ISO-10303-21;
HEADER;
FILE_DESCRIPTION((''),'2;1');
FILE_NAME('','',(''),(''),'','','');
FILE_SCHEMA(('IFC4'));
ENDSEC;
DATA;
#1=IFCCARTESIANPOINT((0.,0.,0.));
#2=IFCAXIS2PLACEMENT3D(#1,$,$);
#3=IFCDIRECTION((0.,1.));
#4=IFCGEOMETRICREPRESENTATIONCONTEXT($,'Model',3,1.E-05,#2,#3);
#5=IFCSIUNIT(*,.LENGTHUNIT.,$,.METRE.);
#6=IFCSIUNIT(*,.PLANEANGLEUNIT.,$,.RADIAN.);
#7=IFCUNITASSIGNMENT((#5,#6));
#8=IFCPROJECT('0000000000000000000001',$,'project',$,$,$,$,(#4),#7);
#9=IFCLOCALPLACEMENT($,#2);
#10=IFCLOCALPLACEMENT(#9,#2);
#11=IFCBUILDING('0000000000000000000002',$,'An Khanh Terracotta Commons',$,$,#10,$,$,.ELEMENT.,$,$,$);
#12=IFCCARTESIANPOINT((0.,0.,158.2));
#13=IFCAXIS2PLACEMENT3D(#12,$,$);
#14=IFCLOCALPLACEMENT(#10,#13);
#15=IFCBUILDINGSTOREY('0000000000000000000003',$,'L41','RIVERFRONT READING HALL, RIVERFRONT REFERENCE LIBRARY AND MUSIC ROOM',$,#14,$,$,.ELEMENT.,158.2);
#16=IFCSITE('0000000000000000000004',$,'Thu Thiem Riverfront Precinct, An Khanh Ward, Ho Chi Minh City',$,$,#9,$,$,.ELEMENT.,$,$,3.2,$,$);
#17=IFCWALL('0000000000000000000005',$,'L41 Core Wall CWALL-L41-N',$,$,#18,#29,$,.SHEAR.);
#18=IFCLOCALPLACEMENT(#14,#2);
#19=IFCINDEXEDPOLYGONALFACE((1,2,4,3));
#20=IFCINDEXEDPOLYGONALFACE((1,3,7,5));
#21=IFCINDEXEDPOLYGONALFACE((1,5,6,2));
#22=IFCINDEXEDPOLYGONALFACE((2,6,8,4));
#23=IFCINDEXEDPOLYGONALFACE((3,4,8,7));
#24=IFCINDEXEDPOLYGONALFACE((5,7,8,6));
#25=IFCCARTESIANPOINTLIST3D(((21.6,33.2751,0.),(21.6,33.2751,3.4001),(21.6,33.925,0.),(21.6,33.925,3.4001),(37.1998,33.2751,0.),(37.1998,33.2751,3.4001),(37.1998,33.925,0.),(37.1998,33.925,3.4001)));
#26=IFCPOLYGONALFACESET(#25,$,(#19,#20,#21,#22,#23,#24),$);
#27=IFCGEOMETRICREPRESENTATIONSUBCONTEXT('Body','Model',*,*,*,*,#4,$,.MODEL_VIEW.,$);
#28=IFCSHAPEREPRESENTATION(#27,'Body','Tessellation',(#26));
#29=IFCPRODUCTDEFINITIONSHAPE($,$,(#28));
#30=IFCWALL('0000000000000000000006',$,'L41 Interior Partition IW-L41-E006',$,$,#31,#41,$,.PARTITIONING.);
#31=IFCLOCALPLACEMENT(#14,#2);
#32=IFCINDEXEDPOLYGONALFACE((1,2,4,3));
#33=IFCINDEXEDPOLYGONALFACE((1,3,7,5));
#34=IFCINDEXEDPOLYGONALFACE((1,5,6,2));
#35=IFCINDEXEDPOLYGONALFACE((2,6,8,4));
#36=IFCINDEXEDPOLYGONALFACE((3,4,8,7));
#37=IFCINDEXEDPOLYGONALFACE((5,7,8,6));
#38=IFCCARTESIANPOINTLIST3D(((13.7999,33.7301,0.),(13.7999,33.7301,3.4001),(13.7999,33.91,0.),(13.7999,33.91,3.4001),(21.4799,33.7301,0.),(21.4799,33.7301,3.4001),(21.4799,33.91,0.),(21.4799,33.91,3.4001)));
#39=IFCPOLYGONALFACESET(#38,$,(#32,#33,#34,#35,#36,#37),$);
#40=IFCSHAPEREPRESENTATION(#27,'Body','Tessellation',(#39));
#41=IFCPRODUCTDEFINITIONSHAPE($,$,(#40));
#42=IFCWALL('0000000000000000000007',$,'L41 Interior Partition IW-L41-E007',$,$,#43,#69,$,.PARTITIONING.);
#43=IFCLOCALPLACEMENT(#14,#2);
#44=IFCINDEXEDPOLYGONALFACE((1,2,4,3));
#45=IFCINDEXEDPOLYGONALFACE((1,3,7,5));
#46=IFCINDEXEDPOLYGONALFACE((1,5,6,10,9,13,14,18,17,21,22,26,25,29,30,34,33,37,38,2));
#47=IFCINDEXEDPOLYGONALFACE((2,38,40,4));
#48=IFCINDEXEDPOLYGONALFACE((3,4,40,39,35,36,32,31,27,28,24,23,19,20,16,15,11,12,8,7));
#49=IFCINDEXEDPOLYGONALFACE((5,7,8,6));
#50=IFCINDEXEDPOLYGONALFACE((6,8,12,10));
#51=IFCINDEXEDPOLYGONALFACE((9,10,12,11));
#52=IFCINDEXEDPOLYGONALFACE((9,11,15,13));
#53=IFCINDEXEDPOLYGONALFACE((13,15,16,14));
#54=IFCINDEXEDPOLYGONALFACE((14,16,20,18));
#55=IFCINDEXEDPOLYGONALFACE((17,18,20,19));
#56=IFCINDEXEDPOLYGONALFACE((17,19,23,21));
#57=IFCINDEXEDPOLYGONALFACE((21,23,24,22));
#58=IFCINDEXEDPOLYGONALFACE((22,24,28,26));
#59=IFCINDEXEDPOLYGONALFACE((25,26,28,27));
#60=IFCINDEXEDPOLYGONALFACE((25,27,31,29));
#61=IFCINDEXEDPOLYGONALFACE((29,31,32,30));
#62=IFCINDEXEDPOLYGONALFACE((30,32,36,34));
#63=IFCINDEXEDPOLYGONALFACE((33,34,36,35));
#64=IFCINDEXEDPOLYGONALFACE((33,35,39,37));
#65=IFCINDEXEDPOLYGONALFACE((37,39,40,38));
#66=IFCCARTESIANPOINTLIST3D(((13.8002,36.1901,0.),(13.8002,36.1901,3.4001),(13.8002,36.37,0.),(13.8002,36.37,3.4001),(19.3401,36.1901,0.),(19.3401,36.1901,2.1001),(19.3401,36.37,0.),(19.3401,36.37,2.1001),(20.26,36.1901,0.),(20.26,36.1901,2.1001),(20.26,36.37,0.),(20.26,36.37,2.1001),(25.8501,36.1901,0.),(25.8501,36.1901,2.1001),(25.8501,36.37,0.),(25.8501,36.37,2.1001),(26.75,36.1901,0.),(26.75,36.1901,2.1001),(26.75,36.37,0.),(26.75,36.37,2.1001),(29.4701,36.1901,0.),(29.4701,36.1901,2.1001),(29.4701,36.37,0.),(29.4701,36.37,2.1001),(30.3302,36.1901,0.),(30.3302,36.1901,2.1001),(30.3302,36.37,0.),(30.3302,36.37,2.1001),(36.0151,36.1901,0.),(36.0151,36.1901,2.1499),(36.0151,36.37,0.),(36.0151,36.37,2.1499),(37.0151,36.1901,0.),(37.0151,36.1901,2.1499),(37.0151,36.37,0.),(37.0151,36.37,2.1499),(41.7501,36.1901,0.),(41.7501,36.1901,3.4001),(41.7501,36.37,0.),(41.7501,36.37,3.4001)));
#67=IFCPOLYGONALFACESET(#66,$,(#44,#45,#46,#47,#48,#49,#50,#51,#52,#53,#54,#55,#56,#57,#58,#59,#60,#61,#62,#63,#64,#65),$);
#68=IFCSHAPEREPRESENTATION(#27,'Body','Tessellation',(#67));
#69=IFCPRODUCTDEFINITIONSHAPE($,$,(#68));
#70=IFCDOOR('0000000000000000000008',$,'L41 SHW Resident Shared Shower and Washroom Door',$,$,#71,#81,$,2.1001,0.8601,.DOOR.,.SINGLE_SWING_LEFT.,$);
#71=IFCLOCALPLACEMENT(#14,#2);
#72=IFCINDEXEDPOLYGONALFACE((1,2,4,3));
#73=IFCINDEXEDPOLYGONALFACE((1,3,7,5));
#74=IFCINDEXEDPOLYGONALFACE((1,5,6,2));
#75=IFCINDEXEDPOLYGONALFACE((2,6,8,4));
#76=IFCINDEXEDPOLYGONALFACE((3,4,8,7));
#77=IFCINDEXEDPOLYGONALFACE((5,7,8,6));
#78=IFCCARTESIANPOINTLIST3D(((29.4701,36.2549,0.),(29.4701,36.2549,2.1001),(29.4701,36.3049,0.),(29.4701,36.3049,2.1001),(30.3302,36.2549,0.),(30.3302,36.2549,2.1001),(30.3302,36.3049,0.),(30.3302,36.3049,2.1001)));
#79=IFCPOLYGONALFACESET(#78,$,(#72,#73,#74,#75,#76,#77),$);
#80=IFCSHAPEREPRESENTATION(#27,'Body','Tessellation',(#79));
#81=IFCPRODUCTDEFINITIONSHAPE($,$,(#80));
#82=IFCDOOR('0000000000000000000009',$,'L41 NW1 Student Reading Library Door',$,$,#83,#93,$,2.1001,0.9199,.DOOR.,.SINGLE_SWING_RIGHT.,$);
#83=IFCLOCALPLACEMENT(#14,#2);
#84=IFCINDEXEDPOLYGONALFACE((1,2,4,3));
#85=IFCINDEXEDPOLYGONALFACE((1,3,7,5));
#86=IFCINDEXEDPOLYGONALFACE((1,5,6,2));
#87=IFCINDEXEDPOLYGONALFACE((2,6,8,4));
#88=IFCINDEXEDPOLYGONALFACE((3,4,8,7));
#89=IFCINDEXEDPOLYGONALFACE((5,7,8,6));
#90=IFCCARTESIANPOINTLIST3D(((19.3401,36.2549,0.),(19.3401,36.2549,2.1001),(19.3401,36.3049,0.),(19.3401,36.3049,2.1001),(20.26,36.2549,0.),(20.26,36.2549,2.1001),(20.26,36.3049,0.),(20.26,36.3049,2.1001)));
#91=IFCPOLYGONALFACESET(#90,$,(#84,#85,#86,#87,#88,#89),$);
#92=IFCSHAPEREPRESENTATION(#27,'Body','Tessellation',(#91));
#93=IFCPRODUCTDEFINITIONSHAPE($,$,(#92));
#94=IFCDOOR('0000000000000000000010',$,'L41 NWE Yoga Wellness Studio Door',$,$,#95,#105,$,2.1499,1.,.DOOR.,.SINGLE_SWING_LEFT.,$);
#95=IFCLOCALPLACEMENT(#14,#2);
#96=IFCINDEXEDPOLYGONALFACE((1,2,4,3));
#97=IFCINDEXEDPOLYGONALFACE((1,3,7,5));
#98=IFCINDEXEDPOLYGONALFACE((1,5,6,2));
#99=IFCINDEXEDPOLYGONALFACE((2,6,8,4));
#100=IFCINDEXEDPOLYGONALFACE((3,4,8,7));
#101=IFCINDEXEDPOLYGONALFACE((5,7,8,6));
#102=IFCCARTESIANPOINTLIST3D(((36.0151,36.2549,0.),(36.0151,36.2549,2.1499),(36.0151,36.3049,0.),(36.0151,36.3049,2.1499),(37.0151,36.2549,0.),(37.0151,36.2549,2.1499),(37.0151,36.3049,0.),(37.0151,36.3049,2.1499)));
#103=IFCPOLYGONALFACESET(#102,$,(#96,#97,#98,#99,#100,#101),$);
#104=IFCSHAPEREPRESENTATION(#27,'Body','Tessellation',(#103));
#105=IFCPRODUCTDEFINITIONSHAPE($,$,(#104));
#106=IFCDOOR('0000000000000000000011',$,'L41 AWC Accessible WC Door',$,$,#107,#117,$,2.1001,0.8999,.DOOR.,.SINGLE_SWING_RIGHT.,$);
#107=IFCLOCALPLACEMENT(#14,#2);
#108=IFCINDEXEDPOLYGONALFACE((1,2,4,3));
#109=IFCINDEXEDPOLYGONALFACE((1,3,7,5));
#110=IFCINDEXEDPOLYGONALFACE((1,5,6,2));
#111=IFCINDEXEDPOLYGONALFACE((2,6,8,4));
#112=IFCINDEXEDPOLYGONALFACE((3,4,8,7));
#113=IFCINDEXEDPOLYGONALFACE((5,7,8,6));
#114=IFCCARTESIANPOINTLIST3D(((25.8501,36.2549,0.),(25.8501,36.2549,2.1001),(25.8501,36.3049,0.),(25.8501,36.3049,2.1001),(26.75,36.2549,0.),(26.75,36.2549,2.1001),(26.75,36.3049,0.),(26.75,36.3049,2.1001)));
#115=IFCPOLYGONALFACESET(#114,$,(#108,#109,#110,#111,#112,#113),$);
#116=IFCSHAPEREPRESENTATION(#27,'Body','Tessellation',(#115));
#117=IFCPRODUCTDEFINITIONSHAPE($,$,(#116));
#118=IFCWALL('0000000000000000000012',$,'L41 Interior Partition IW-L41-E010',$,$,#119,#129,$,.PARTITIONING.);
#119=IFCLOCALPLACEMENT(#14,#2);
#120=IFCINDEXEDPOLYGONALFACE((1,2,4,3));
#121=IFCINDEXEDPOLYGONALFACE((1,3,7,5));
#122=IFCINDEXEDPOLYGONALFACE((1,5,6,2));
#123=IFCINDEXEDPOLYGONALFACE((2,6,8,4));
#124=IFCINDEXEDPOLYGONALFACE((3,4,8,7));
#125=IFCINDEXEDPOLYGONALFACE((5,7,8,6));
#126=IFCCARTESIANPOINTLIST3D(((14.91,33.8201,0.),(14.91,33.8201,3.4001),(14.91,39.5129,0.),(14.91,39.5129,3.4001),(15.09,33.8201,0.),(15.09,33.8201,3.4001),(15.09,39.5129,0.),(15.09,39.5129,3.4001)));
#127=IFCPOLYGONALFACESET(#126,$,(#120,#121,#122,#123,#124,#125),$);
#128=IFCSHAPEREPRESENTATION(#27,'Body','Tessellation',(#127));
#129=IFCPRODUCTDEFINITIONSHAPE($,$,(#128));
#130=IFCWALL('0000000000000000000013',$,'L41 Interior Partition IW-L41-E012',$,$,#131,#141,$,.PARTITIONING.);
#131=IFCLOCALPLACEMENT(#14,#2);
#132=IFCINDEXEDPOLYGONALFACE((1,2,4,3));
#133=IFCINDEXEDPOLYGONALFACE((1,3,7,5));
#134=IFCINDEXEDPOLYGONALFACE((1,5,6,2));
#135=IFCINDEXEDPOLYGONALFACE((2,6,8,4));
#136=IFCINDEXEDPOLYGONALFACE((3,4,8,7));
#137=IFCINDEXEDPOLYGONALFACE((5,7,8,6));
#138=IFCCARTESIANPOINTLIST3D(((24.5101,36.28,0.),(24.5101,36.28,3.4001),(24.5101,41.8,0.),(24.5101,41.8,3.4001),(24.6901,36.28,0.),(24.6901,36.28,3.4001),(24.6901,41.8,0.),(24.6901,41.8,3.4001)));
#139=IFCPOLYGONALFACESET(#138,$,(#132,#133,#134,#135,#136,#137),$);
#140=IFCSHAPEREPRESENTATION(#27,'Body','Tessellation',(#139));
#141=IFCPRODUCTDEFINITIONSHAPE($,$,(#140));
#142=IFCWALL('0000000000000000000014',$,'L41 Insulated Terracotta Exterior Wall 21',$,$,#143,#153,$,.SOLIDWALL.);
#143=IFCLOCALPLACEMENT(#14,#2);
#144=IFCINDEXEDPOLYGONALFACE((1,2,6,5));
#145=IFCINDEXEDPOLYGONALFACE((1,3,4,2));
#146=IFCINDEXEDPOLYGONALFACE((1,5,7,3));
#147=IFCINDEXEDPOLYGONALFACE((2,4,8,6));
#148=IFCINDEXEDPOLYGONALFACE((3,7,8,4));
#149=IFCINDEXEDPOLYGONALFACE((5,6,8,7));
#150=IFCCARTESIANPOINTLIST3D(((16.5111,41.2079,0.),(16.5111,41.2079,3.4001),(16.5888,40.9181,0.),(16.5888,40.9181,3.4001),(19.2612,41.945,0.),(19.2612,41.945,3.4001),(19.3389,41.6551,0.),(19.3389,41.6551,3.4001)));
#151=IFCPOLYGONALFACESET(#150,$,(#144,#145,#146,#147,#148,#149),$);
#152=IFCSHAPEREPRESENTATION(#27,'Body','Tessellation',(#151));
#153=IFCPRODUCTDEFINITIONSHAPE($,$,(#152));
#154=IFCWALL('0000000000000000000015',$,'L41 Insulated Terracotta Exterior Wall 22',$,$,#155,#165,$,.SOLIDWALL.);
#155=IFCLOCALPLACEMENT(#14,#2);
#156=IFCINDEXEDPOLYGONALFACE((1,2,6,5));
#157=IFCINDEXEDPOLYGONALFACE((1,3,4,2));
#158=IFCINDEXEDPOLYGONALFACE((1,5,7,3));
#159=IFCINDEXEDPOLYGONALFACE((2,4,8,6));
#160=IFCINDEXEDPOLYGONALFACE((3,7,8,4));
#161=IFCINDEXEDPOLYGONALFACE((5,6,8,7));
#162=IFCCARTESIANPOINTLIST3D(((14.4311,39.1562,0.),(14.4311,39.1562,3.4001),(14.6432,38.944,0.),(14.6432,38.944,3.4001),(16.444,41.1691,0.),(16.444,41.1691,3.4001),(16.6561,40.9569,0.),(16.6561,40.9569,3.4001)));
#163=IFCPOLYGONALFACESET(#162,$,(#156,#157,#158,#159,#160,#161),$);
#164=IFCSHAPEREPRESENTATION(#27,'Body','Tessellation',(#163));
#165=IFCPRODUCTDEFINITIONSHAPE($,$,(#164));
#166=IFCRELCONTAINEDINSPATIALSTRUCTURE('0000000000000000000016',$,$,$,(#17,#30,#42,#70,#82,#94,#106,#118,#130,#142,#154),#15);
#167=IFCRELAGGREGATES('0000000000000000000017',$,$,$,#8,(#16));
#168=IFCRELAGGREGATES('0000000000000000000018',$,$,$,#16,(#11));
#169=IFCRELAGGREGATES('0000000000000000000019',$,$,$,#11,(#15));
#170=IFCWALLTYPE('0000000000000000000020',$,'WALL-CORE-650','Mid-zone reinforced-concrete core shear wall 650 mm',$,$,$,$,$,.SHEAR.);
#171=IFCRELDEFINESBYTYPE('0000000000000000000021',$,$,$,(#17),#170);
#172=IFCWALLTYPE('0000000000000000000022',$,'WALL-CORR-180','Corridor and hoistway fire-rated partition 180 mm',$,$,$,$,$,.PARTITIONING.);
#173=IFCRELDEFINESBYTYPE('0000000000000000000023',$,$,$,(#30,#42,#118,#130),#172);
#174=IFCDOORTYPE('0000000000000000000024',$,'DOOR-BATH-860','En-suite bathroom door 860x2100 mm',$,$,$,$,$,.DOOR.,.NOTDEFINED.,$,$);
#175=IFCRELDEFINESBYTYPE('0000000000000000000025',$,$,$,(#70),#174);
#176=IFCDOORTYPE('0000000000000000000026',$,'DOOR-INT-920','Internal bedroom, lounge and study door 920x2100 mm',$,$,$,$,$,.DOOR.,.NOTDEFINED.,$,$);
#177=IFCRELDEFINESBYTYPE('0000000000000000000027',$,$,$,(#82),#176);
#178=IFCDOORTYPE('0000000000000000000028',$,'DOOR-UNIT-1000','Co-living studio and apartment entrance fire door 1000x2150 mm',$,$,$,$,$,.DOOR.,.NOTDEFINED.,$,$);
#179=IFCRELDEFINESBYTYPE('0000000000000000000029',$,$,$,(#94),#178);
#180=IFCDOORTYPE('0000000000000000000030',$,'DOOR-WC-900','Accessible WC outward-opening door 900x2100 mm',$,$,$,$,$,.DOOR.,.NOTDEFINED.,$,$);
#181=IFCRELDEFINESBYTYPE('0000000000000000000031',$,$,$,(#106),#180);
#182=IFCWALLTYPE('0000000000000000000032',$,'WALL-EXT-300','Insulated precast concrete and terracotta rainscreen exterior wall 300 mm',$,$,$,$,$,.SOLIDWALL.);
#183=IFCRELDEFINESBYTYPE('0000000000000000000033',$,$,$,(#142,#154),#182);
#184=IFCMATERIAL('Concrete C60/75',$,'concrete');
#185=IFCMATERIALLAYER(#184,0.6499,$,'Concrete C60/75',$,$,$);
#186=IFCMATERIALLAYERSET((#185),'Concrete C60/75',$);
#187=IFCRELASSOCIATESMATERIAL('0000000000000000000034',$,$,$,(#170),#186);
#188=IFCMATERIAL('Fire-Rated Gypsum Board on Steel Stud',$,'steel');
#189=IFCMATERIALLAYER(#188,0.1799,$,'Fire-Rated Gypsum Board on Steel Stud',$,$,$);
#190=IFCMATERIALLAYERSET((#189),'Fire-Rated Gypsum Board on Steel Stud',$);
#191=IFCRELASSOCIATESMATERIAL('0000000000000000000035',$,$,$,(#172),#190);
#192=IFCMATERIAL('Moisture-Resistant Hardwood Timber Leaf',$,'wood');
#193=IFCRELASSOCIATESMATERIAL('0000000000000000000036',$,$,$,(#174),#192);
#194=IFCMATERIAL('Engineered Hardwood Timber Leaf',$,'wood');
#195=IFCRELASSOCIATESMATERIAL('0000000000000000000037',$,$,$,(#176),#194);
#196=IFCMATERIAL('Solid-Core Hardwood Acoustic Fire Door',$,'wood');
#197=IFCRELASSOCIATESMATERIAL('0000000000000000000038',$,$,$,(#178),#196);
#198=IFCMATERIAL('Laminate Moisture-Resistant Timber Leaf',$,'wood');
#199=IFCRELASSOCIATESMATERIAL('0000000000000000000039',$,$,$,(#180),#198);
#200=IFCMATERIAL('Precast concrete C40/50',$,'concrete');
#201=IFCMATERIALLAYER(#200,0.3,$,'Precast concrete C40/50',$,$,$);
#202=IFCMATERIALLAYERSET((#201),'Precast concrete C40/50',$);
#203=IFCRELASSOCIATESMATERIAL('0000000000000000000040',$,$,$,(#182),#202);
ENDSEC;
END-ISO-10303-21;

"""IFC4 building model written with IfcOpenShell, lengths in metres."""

from ifc_helpers import new_model, si_unit, direction, frame, frame_2d, origin, place, context, subcontext, project, spatial, rectangle, extrude, material, layer, layer_set, type_object, element, fill, save


model = new_model("IFC4")

# Units and contexts
model_context = context("Model", 3, precision=1e-05, world=origin(), true_north=direction((0.0, 1.0)))
body_context = subcontext(model_context, "Body", "Model", "MODEL_VIEW")
ifc_project = project(units=[si_unit("LENGTHUNIT", "METRE"), si_unit("PLANEANGLEUNIT", "RADIAN")], contexts=[model_context])

# Site, building, storey
site_placement = place(None, origin())
site = spatial("IfcSite", under=ifc_project, at=site_placement, Name="Thu Thiem Riverfront Precinct, An Khanh Ward, Ho Chi Minh City", CompositionType="ELEMENT", RefElevation=3.2)
building_placement = place(site_placement, origin())
building = spatial("IfcBuilding", under=site, at=building_placement, Name="An Khanh Terracotta Commons", CompositionType="ELEMENT")
storey_placement = place(building_placement, frame((0.0, 0.0, 158.2)))
storey = spatial("IfcBuildingStorey", under=building, at=storey_placement, Name="L41", Description="RIVERFRONT READING HALL, RIVERFRONT REFERENCE LIBRARY AND MUSIC ROOM", CompositionType="ELEMENT", Elevation=158.2)

# Shared definitions
ifc_material_1 = material(Name="Concrete C60/75", Category="concrete")

# Walls
ifc_layer_1 = layer(ifc_material_1, 0.6499, Name="Concrete C60/75")
ifc_layer_set_1 = layer_set([ifc_layer_1], Name="Concrete C60/75")
wall_type_1 = type_object("IfcWallType", Name="WALL-CORE-650", Description="Mid-zone reinforced-concrete core shear wall 650 mm", PredefinedType="SHEAR", material=ifc_layer_set_1)
wall_1_placement = place(storey_placement, frame((21.6001, 33.6001, 0.0), z_axis=(0.0, 0.0, 1.0), x_axis=(1.0, 0.0, 0.0)))
element("IfcWall", 1, at=wall_1_placement, inside=storey, type_object=wall_type_1, Name="L41 Core Wall CWALL-L41-N", PredefinedType="SHEAR", context=body_context, shape_type="SweptSolid", body=[
    extrude(rectangle(XDim=15.5999, YDim=0.6499, at=frame_2d((7.7998, 0.0))), origin(), (0.0, 0.0, 1.0), 3.4001),
])
ifc_material_2 = material(Name="Fire-Rated Gypsum Board on Steel Stud", Category="steel")
ifc_layer_2 = layer(ifc_material_2, 0.1799, Name="Fire-Rated Gypsum Board on Steel Stud")
ifc_layer_set_2 = layer_set([ifc_layer_2], Name="Fire-Rated Gypsum Board on Steel Stud")
wall_type_2 = type_object("IfcWallType", Name="WALL-CORR-180", Description="Corridor and hoistway fire-rated partition 180 mm", PredefinedType="PARTITIONING", material=ifc_layer_set_2)
wall_2_placement = place(storey_placement, frame((13.8, 33.8201, 0.0), z_axis=(0.0, 0.0, 1.0), x_axis=(1.0, 0.0, 0.0)))
element("IfcWall", 2, at=wall_2_placement, inside=storey, type_object=wall_type_2, Name="L41 Interior Partition IW-L41-E006", PredefinedType="PARTITIONING", context=body_context, shape_type="SweptSolid", body=[
    extrude(rectangle(XDim=7.6799, YDim=0.1799, at=frame_2d((3.8398, 0.0))), origin(), (0.0, 0.0, 1.0), 3.4001),
])

# Wall, openings, doors
wall_3_placement = place(storey_placement, frame((13.8, 36.28, 0.0), z_axis=(0.0, 0.0, 1.0), x_axis=(1.0, 0.0, 0.0)))
wall_3 = element("IfcWall", 3, at=wall_3_placement, inside=storey, type_object=wall_type_2, Name="L41 Interior Partition IW-L41-E007", PredefinedType="PARTITIONING", context=body_context, shape_type="SweptSolid", body=[
    extrude(rectangle(XDim=27.95, YDim=0.1799, at=frame_2d((13.9751, 0.0))), origin(), (0.0, 0.0, 1.0), 3.4001),
])
opening_1_placement = place(wall_3_placement, frame((12.05, 0.0, 0.0)))
opening_1 = element("IfcOpeningElement", 4, at=opening_1_placement, cuts=wall_3, PredefinedType="OPENING", context=body_context, shape_type="SweptSolid", body=[
    extrude(rectangle(XDim=0.8999, YDim=2.1001, at=frame_2d((0.45, 1.05))), frame((0.0, 0.0999, 0.0), z_axis=(0.0, -1.0, 0.0), x_axis=(1.0, 0.0, 0.0)), (0.0, 0.0, 1.0), 0.2),
])
opening_2_placement = place(wall_3_placement, frame((15.6699, 0.0, 0.0)))
opening_2 = element("IfcOpeningElement", 5, at=opening_2_placement, cuts=wall_3, PredefinedType="OPENING", context=body_context, shape_type="SweptSolid", body=[
    extrude(rectangle(XDim=0.8601, YDim=2.1001, at=frame_2d((0.4302, 1.05))), frame((0.0, 0.0999, 0.0), z_axis=(0.0, -1.0, 0.0), x_axis=(1.0, 0.0, 0.0)), (0.0, 0.0, 1.0), 0.2),
])
opening_3_placement = place(wall_3_placement, frame((5.54, 0.0, 0.0)))
opening_3 = element("IfcOpeningElement", 6, at=opening_3_placement, cuts=wall_3, PredefinedType="OPENING", context=body_context, shape_type="SweptSolid", body=[
    extrude(rectangle(XDim=0.9199, YDim=2.1001, at=frame_2d((0.46, 1.05))), frame((0.0, 0.0999, 0.0), z_axis=(0.0, -1.0, 0.0), x_axis=(1.0, 0.0, 0.0)), (0.0, 0.0, 1.0), 0.2),
])
opening_4_placement = place(wall_3_placement, frame((22.2151, 0.0, 0.0)))
opening_4 = element("IfcOpeningElement", 7, at=opening_4_placement, cuts=wall_3, PredefinedType="OPENING", context=body_context, shape_type="SweptSolid", body=[
    extrude(rectangle(XDim=1.0, YDim=2.1499, at=frame_2d((0.5, 1.075))), frame((0.0, 0.0999, 0.0), z_axis=(0.0, -1.0, 0.0), x_axis=(1.0, 0.0, 0.0)), (0.0, 0.0, 1.0), 0.2),
])
ifc_material_3 = material(Name="Moisture-Resistant Hardwood Timber Leaf", Category="wood")
door_type_1 = type_object("IfcDoorType", Name="DOOR-BATH-860", Description="En-suite bathroom door 860x2100 mm", OperationType="NOTDEFINED", PredefinedType="DOOR", material=ifc_material_3)
door_1_placement = place(opening_2_placement, origin())
door_1 = element("IfcDoor", 8, at=door_1_placement, inside=storey, type_object=door_type_1, Name="L41 SHW Resident Shared Shower and Washroom Door", OperationType="SINGLE_SWING_LEFT", OverallHeight=2.1001, OverallWidth=0.8601, PredefinedType="DOOR", context=body_context, shape_type="SweptSolid", body=[
    extrude(rectangle(XDim=0.8601, YDim=2.1001, at=frame_2d((0.4302, 1.05))), frame((0.0, 0.0249, 0.0), z_axis=(0.0, -1.0, 0.0), x_axis=(1.0, 0.0, 0.0)), (0.0, 0.0, 1.0), 0.05),
])
fill(opening_2, door_1)
ifc_material_4 = material(Name="Engineered Hardwood Timber Leaf", Category="wood")
door_type_2 = type_object("IfcDoorType", Name="DOOR-INT-920", Description="Internal bedroom, lounge and study door 920x2100 mm", OperationType="NOTDEFINED", PredefinedType="DOOR", material=ifc_material_4)
door_2_placement = place(opening_3_placement, origin())
door_2 = element("IfcDoor", 9, at=door_2_placement, inside=storey, type_object=door_type_2, Name="L41 NW1 Student Reading Library Door", OperationType="SINGLE_SWING_RIGHT", OverallHeight=2.1001, OverallWidth=0.9199, PredefinedType="DOOR", context=body_context, shape_type="SweptSolid", body=[
    extrude(rectangle(XDim=0.9199, YDim=2.1001, at=frame_2d((0.46, 1.05))), frame((0.0, 0.0249, 0.0), z_axis=(0.0, -1.0, 0.0), x_axis=(1.0, 0.0, 0.0)), (0.0, 0.0, 1.0), 0.05),
])
fill(opening_3, door_2)
ifc_material_5 = material(Name="Solid-Core Hardwood Acoustic Fire Door", Category="wood")
door_type_3 = type_object("IfcDoorType", Name="DOOR-UNIT-1000", Description="Co-living studio and apartment entrance fire door 1000x2150 mm", OperationType="NOTDEFINED", PredefinedType="DOOR", material=ifc_material_5)
door_3_placement = place(opening_4_placement, origin())
door_3 = element("IfcDoor", 10, at=door_3_placement, inside=storey, type_object=door_type_3, Name="L41 NWE Yoga Wellness Studio Door", OperationType="SINGLE_SWING_LEFT", OverallHeight=2.1499, OverallWidth=1.0, PredefinedType="DOOR", context=body_context, shape_type="SweptSolid", body=[
    extrude(rectangle(XDim=1.0, YDim=2.1499, at=frame_2d((0.5, 1.075))), frame((0.0, 0.0249, 0.0), z_axis=(0.0, -1.0, 0.0), x_axis=(1.0, 0.0, 0.0)), (0.0, 0.0, 1.0), 0.05),
])
fill(opening_4, door_3)
ifc_material_6 = material(Name="Laminate Moisture-Resistant Timber Leaf", Category="wood")
door_type_4 = type_object("IfcDoorType", Name="DOOR-WC-900", Description="Accessible WC outward-opening door 900x2100 mm", OperationType="NOTDEFINED", PredefinedType="DOOR", material=ifc_material_6)
door_4_placement = place(opening_1_placement, origin())
door_4 = element("IfcDoor", 11, at=door_4_placement, inside=storey, type_object=door_type_4, Name="L41 AWC Accessible WC Door", OperationType="SINGLE_SWING_RIGHT", OverallHeight=2.1001, OverallWidth=0.8999, PredefinedType="DOOR", context=body_context, shape_type="SweptSolid", body=[
    extrude(rectangle(XDim=0.8999, YDim=2.1001, at=frame_2d((0.45, 1.05))), frame((0.0, 0.0249, 0.0), z_axis=(0.0, -1.0, 0.0), x_axis=(1.0, 0.0, 0.0)), (0.0, 0.0, 1.0), 0.05),
])
fill(opening_1, door_4)

# Walls
wall_4_placement = place(storey_placement, frame((15.0, 33.8201, 0.0), z_axis=(0.0, 0.0, 1.0), x_axis=(0.0, 1.0, 0.0)))
element("IfcWall", 12, at=wall_4_placement, inside=storey, type_object=wall_type_2, Name="L41 Interior Partition IW-L41-E010", PredefinedType="PARTITIONING", context=body_context, shape_type="SweptSolid", body=[
    extrude(rectangle(XDim=5.6929, YDim=0.1799, at=frame_2d((2.8464, 0.0))), origin(), (0.0, 0.0, 1.0), 3.4001),
])
wall_5_placement = place(storey_placement, frame((24.6001, 36.28, 0.0), z_axis=(0.0, 0.0, 1.0), x_axis=(0.0, 1.0, 0.0)))
element("IfcWall", 13, at=wall_5_placement, inside=storey, type_object=wall_type_2, Name="L41 Interior Partition IW-L41-E012", PredefinedType="PARTITIONING", context=body_context, shape_type="SweptSolid", body=[
    extrude(rectangle(XDim=5.52, YDim=0.1799, at=frame_2d((2.76, 0.0))), origin(), (0.0, 0.0, 1.0), 3.4001),
])
ifc_material_7 = material(Name="Precast concrete C40/50", Category="concrete")
ifc_layer_3 = layer(ifc_material_7, 0.3, Name="Precast concrete C40/50")
ifc_layer_set_3 = layer_set([ifc_layer_3], Name="Precast concrete C40/50")
wall_type_3 = type_object("IfcWallType", Name="WALL-EXT-300", Description="Insulated precast concrete and terracotta rainscreen exterior wall 300 mm", PredefinedType="SOLIDWALL", material=ifc_layer_set_3)
wall_6_placement = place(storey_placement, frame((19.3, 41.8, 0.0), z_axis=(0.0, 0.0, 1.0), x_axis=(-0.965908, -0.258885, 0.0)))
element("IfcWall", 14, at=wall_6_placement, inside=storey, type_object=wall_type_3, Name="L41 Insulated Terracotta Exterior Wall 21", PredefinedType="SOLIDWALL", context=body_context, shape_type="SweptSolid", body=[
    extrude(rectangle(XDim=2.8472, YDim=0.3, at=frame_2d((1.4236, 0.0))), origin(), (0.0, 0.0, 1.0), 3.4001),
])
wall_7_placement = place(storey_placement, frame((16.55, 41.063, 0.0), z_axis=(0.0, 0.0, 1.0), x_axis=(-0.707107, -0.707107, 0.0)))
element("IfcWall", 15, at=wall_7_placement, inside=storey, type_object=wall_type_3, Name="L41 Insulated Terracotta Exterior Wall 22", PredefinedType="SOLIDWALL", context=body_context, shape_type="SweptSolid", body=[
    extrude(rectangle(XDim=2.8467, YDim=0.3, at=frame_2d((1.4233, 0.0))), origin(), (0.0, 0.0, 1.0), 3.4001),
])

save(model, "model.ifc")
